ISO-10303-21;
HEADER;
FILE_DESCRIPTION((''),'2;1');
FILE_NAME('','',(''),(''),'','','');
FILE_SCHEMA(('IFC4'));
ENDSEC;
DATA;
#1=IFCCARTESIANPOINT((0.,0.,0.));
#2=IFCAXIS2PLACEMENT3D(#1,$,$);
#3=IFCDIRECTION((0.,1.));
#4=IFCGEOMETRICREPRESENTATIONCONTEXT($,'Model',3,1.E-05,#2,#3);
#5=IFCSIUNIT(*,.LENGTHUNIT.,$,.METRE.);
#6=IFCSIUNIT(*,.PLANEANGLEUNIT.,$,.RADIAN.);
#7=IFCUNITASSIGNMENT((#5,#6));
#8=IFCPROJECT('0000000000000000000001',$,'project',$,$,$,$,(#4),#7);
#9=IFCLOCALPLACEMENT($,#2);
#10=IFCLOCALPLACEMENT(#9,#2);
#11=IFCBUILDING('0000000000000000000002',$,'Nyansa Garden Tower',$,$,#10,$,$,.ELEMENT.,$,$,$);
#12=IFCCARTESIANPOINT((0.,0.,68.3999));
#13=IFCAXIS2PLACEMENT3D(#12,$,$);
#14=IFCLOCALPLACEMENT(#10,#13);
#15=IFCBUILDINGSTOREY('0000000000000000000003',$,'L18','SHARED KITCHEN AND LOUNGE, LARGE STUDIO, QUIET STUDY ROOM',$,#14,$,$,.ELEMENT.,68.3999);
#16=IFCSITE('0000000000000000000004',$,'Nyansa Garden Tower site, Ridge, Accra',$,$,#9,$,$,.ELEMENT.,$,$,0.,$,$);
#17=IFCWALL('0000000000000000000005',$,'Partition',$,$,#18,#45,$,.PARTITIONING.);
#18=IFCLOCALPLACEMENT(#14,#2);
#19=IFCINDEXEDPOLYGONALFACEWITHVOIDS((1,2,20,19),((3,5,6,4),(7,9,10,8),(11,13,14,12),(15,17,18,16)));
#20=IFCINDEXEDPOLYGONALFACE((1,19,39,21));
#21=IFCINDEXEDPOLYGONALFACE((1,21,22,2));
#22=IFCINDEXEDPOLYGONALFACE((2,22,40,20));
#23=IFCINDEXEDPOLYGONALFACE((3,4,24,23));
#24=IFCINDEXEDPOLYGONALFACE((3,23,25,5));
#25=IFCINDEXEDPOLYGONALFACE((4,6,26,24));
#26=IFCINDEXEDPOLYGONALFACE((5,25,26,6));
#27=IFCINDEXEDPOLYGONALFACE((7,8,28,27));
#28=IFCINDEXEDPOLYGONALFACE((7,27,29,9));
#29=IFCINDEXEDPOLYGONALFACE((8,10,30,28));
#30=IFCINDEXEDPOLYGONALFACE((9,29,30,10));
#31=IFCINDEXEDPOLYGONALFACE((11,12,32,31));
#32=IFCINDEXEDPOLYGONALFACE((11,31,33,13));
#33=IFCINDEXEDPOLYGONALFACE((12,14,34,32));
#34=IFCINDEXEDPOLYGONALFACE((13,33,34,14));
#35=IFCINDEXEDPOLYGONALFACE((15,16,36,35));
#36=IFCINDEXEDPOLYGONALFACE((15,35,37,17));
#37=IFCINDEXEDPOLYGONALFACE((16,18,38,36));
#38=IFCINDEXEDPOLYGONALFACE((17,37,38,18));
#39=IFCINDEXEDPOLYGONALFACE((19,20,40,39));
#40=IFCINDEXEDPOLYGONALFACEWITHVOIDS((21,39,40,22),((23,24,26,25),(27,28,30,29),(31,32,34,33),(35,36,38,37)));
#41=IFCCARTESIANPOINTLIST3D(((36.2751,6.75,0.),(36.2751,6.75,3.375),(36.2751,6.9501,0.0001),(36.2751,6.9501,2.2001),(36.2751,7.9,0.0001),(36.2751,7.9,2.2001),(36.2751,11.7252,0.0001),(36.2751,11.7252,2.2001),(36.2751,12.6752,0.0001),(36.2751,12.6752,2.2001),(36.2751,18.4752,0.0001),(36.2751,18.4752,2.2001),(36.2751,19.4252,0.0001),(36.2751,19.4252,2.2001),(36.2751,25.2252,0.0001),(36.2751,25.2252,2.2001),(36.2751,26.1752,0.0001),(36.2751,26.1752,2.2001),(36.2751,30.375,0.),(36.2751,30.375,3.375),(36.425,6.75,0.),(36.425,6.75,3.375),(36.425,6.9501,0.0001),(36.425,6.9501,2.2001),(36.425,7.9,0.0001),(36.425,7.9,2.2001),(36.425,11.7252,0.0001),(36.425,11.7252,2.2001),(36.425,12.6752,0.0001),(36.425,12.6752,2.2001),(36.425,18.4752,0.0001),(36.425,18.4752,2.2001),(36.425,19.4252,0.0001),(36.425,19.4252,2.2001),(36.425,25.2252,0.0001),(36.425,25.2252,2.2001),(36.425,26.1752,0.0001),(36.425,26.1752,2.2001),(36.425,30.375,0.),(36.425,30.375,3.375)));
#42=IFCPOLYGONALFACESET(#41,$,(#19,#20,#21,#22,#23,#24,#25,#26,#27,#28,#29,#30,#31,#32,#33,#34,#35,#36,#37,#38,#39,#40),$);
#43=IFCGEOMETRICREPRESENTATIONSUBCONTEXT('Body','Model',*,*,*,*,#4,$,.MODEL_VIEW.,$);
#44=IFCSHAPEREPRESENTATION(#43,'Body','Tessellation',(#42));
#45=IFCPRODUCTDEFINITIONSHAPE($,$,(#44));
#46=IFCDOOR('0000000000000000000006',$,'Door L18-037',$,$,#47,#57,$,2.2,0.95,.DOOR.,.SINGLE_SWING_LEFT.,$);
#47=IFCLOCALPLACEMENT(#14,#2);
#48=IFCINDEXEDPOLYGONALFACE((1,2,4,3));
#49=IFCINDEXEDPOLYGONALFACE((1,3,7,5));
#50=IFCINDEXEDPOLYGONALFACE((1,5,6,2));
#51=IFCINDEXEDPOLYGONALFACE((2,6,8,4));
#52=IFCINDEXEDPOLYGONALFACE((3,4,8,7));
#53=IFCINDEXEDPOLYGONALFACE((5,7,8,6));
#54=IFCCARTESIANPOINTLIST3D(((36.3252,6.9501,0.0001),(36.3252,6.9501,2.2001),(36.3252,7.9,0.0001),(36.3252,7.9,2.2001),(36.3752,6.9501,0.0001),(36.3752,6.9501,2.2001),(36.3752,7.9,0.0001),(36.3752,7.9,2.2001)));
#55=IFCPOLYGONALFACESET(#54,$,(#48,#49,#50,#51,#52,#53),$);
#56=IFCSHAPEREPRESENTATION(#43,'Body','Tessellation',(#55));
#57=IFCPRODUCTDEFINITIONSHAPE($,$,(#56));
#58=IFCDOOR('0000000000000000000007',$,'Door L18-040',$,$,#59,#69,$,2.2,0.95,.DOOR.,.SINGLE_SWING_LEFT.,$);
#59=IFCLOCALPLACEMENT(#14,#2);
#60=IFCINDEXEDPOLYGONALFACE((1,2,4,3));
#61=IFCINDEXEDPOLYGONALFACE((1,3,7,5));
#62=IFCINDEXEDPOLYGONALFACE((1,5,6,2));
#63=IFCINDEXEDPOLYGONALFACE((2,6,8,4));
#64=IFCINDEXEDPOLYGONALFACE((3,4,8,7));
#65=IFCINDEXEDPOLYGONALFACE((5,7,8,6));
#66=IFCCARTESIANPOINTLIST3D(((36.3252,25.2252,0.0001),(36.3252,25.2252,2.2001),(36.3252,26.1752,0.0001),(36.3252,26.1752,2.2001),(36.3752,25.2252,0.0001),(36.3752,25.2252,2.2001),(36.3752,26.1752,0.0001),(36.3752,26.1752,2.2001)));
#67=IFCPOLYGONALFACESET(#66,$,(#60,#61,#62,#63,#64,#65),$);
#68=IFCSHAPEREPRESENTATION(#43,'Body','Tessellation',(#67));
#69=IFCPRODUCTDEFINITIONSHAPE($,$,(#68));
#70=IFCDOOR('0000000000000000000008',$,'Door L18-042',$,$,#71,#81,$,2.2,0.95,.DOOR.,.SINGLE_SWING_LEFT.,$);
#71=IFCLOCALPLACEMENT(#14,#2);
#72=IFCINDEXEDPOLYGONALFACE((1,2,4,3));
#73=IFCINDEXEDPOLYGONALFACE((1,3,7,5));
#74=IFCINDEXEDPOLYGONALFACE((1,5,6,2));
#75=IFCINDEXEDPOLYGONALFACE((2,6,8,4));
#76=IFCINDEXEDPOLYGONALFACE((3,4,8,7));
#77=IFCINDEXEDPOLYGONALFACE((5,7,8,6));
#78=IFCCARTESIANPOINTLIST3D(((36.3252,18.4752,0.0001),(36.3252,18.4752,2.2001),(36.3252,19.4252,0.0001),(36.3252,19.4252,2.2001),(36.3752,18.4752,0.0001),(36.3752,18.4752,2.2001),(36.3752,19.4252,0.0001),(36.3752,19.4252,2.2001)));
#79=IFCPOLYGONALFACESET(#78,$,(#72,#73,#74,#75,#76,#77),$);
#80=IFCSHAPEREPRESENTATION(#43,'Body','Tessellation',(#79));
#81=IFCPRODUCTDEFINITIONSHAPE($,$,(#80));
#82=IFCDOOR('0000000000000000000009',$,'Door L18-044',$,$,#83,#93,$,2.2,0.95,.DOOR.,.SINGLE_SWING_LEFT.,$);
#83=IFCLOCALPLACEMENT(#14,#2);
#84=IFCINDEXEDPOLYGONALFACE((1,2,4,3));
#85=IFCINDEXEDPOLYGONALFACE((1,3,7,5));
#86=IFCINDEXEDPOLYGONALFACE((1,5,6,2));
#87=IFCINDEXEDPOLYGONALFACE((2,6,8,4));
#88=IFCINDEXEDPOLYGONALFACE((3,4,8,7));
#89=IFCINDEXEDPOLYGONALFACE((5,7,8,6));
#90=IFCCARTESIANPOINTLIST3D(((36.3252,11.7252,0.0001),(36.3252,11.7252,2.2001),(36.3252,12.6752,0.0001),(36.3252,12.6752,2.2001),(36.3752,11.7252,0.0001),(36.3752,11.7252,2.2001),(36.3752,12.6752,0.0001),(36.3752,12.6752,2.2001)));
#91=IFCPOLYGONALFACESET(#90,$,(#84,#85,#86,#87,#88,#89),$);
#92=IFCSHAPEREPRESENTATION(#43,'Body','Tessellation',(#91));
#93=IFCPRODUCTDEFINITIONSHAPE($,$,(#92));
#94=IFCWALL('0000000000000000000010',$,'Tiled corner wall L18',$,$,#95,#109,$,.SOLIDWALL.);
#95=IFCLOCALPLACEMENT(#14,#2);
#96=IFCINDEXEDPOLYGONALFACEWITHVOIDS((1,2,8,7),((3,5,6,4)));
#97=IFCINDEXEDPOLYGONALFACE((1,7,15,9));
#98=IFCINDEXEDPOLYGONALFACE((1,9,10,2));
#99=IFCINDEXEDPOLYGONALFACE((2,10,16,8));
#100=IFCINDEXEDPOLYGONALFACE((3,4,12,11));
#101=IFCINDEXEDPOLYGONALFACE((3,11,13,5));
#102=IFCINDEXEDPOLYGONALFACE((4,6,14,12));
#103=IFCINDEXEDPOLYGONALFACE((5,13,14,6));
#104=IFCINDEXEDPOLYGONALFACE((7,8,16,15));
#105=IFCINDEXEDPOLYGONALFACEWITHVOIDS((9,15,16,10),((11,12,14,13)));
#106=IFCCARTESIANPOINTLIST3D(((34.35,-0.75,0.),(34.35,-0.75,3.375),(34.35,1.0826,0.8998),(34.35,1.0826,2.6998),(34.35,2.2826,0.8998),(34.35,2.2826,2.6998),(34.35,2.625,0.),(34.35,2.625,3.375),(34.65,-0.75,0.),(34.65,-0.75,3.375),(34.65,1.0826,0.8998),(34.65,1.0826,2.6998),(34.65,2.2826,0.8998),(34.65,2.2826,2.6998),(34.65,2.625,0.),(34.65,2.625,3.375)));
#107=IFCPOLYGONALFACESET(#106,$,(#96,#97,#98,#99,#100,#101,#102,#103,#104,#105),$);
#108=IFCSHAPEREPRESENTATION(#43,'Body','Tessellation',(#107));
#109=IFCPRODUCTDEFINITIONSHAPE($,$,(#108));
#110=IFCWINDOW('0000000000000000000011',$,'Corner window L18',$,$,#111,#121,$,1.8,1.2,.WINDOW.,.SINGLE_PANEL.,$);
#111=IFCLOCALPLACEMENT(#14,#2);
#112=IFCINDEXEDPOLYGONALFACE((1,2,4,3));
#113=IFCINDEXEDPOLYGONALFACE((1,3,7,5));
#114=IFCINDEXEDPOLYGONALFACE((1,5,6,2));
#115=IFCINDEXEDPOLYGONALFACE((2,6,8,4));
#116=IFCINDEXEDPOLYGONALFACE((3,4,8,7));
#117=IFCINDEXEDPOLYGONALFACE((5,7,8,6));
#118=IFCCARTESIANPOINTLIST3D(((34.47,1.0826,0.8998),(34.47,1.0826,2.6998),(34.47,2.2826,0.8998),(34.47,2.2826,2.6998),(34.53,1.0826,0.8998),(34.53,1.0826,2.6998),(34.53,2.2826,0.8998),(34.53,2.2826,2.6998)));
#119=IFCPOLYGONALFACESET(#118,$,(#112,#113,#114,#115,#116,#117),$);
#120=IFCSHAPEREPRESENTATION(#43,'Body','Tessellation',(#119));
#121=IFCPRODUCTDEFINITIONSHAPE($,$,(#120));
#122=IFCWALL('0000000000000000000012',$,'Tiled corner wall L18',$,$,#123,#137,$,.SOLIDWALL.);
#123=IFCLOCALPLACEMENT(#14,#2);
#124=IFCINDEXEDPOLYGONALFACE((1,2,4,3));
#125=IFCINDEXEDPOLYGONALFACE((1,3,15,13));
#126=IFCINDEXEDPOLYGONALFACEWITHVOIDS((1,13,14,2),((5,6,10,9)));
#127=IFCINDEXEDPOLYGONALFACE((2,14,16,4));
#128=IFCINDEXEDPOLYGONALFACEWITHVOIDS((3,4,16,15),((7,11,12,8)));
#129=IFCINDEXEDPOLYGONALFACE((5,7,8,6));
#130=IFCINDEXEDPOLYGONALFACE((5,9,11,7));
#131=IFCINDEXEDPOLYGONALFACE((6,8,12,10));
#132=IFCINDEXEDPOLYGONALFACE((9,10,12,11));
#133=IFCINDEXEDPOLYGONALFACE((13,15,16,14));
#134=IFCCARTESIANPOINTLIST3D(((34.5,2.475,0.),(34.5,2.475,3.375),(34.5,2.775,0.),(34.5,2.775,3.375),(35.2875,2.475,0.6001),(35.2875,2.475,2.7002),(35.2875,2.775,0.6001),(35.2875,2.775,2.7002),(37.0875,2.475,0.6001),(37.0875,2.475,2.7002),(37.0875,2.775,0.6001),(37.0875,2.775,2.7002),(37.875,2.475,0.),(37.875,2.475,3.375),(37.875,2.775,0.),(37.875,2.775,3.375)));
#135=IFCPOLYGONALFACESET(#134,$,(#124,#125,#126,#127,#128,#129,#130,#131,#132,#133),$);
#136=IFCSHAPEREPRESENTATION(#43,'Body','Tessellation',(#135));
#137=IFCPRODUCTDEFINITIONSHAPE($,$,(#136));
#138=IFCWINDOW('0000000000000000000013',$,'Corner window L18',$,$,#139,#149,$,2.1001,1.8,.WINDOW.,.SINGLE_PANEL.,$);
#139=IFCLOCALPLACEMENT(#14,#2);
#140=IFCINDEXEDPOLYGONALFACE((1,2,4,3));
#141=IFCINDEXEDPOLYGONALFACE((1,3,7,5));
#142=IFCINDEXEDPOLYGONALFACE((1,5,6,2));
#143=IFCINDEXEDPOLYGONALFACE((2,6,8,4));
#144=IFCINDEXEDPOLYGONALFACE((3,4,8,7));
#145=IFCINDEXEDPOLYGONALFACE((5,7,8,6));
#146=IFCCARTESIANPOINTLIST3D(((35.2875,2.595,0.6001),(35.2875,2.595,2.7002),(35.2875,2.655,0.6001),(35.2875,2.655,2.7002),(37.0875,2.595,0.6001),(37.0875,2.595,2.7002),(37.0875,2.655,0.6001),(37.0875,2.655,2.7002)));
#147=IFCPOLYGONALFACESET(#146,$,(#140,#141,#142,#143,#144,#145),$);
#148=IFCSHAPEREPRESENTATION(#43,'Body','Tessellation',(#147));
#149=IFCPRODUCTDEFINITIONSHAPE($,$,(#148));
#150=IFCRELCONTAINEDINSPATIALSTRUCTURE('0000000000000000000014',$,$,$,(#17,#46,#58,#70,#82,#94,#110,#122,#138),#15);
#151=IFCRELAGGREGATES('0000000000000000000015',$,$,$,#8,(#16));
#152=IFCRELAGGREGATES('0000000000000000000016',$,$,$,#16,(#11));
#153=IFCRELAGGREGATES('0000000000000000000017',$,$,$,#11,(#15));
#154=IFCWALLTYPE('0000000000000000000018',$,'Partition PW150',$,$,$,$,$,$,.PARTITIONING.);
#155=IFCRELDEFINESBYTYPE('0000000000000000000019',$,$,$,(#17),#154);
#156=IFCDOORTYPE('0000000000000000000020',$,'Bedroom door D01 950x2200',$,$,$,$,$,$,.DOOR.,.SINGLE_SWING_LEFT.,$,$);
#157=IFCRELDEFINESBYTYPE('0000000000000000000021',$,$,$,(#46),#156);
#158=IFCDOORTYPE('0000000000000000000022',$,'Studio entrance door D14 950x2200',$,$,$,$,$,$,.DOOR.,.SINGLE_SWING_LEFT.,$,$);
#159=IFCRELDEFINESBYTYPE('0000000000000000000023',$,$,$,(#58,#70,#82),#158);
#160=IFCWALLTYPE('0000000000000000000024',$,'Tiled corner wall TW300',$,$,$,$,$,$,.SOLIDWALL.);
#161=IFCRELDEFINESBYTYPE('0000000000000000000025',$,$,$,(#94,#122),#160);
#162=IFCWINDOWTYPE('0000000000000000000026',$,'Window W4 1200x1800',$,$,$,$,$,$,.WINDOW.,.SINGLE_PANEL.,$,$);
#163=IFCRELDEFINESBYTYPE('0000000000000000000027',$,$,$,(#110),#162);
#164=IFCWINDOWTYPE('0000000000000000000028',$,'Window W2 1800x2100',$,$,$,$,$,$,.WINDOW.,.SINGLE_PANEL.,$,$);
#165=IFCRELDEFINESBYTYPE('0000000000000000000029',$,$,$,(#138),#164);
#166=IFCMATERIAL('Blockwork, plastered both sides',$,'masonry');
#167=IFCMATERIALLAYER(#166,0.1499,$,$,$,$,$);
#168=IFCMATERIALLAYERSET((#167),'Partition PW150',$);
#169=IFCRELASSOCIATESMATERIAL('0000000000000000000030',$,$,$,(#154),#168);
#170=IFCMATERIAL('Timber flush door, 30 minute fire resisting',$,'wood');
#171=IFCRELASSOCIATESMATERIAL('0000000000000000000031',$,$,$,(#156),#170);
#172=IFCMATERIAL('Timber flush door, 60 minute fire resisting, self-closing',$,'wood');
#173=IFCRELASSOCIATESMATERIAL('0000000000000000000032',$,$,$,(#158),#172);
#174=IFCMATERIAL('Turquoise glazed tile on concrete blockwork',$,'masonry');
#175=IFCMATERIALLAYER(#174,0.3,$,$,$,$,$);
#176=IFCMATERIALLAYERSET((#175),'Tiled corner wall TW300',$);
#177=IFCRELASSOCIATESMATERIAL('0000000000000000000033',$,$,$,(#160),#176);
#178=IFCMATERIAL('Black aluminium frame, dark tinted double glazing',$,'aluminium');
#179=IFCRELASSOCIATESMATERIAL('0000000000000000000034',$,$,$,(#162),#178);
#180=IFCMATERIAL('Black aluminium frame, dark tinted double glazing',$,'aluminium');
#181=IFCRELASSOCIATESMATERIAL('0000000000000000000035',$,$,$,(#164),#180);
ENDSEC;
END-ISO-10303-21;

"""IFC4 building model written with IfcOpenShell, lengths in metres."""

from ifc_helpers import new_model, si_unit, direction, frame, frame_2d, origin, place, context, subcontext, project, spatial, rectangle, extrude, material, layer, layer_set, type_object, element, fill, save


model = new_model("IFC4")

# Units and contexts
model_context = context("Model", 3, precision=1e-05, world=origin(), true_north=direction((0.0, 1.0)))
body_context = subcontext(model_context, "Body", "Model", "MODEL_VIEW")
ifc_project = project(units=[si_unit("LENGTHUNIT", "METRE"), si_unit("PLANEANGLEUNIT", "RADIAN")], contexts=[model_context])

# Site, building, storey
site_placement = place(None, origin())
site = spatial("IfcSite", under=ifc_project, at=site_placement, Name="Nyansa Garden Tower site, Ridge, Accra", CompositionType="ELEMENT", RefElevation=0.0)
building_placement = place(site_placement, origin())
building = spatial("IfcBuilding", under=site, at=building_placement, Name="Nyansa Garden Tower", CompositionType="ELEMENT")
storey_placement = place(building_placement, frame((0.0, 0.0, 68.3999)))
storey = spatial("IfcBuildingStorey", under=building, at=storey_placement, Name="L18", Description="SHARED KITCHEN AND LOUNGE, LARGE STUDIO, QUIET STUDY ROOM", CompositionType="ELEMENT", Elevation=68.3999)

# Wall, openings, doors
ifc_material_1 = material(Name="Blockwork, plastered both sides", Category="masonry")
ifc_layer_1 = layer(ifc_material_1, 0.1499)
ifc_layer_set_1 = layer_set([ifc_layer_1], Name="Partition PW150")
wall_type_1 = type_object("IfcWallType", Name="Partition PW150", PredefinedType="PARTITIONING", material=ifc_layer_set_1)
wall_1_placement = place(storey_placement, frame((36.3501, 6.75, 0.0), z_axis=(0.0, 0.0, 1.0), x_axis=(0.0, 1.0, 0.0)))
wall_1 = element("IfcWall", 1, at=wall_1_placement, inside=storey, type_object=wall_type_1, Name="Partition", PredefinedType="PARTITIONING", context=body_context, shape_type="SweptSolid", body=[
    extrude(rectangle(XDim=23.625, YDim=0.1499, at=frame_2d((11.8125, 0.0))), origin(), (0.0, 0.0, 1.0), 3.375),
])
opening_1_placement = place(wall_1_placement, frame((0.2, 0.0, 0.0)))
opening_1 = element("IfcOpeningElement", 2, at=opening_1_placement, cuts=wall_1, PredefinedType="OPENING", context=body_context, shape_type="SweptSolid", body=[
    extrude(rectangle(XDim=0.95, YDim=2.2, at=frame_2d((0.4751, 1.1001))), frame((0.0, 0.085, 0.0), z_axis=(0.0, -1.0, 0.0), x_axis=(1.0, 0.0, 0.0)), (0.0, 0.0, 1.0), 0.1699),
])
opening_2_placement = place(wall_1_placement, frame((18.4751, 0.0, 0.0)))
opening_2 = element("IfcOpeningElement", 3, at=opening_2_placement, cuts=wall_1, PredefinedType="OPENING", context=body_context, shape_type="SweptSolid", body=[
    extrude(rectangle(XDim=0.95, YDim=2.2, at=frame_2d((0.4751, 1.1001))), frame((0.0, 0.085, 0.0), z_axis=(0.0, -1.0, 0.0), x_axis=(1.0, 0.0, 0.0)), (0.0, 0.0, 1.0), 0.1699),
])
opening_3_placement = place(wall_1_placement, frame((11.7251, 0.0, 0.0)))
opening_3 = element("IfcOpeningElement", 4, at=opening_3_placement, cuts=wall_1, PredefinedType="OPENING", context=body_context, shape_type="SweptSolid", body=[
    extrude(rectangle(XDim=0.95, YDim=2.2, at=frame_2d((0.4751, 1.1001))), frame((0.0, 0.085, 0.0), z_axis=(0.0, -1.0, 0.0), x_axis=(1.0, 0.0, 0.0)), (0.0, 0.0, 1.0), 0.1699),
])
opening_4_placement = place(wall_1_placement, frame((4.9751, 0.0, 0.0)))
opening_4 = element("IfcOpeningElement", 5, at=opening_4_placement, cuts=wall_1, PredefinedType="OPENING", context=body_context, shape_type="SweptSolid", body=[
    extrude(rectangle(XDim=0.95, YDim=2.2, at=frame_2d((0.4751, 1.1001))), frame((0.0, 0.085, 0.0), z_axis=(0.0, -1.0, 0.0), x_axis=(1.0, 0.0, 0.0)), (0.0, 0.0, 1.0), 0.1699),
])
ifc_material_2 = material(Name="Timber flush door, 30 minute fire resisting", Category="wood")
door_type_1 = type_object("IfcDoorType", Name="Bedroom door D01 950x2200", OperationType="SINGLE_SWING_LEFT", PredefinedType="DOOR", material=ifc_material_2)
door_1_placement = place(opening_1_placement, origin())
door_1 = element("IfcDoor", 6, at=door_1_placement, inside=storey, type_object=door_type_1, Name="Door L18-037", OperationType="SINGLE_SWING_LEFT", OverallHeight=2.2, OverallWidth=0.95, PredefinedType="DOOR", context=body_context, shape_type="SweptSolid", body=[
    extrude(rectangle(XDim=0.95, YDim=2.2, at=frame_2d((0.4751, 1.1001))), frame((0.0, 0.0249, 0.0), z_axis=(0.0, -1.0, 0.0), x_axis=(1.0, 0.0, 0.0)), (0.0, 0.0, 1.0), 0.05),
])
fill(opening_1, door_1)
ifc_material_3 = material(Name="Timber flush door, 60 minute fire resisting, self-closing", Category="wood")
door_type_2 = type_object("IfcDoorType", Name="Studio entrance door D14 950x2200", OperationType="SINGLE_SWING_LEFT", PredefinedType="DOOR", material=ifc_material_3)
door_2_placement = place(opening_2_placement, origin())
door_2 = element("IfcDoor", 7, at=door_2_placement, inside=storey, type_object=door_type_2, Name="Door L18-040", OperationType="SINGLE_SWING_LEFT", OverallHeight=2.2, OverallWidth=0.95, PredefinedType="DOOR", context=body_context, shape_type="SweptSolid", body=[
    extrude(rectangle(XDim=0.95, YDim=2.2, at=frame_2d((0.4751, 1.1001))), frame((0.0, 0.0249, 0.0), z_axis=(0.0, -1.0, 0.0), x_axis=(1.0, 0.0, 0.0)), (0.0, 0.0, 1.0), 0.05),
])
fill(opening_2, door_2)
door_3_placement = place(opening_3_placement, origin())
door_3 = element("IfcDoor", 8, at=door_3_placement, inside=storey, type_object=door_type_2, Name="Door L18-042", OperationType="SINGLE_SWING_LEFT", OverallHeight=2.2, OverallWidth=0.95, PredefinedType="DOOR", context=body_context, shape_type="SweptSolid", body=[
    extrude(rectangle(XDim=0.95, YDim=2.2, at=frame_2d((0.4751, 1.1001))), frame((0.0, 0.0249, 0.0), z_axis=(0.0, -1.0, 0.0), x_axis=(1.0, 0.0, 0.0)), (0.0, 0.0, 1.0), 0.05),
])
fill(opening_3, door_3)
door_4_placement = place(opening_4_placement, origin())
door_4 = element("IfcDoor", 9, at=door_4_placement, inside=storey, type_object=door_type_2, Name="Door L18-044", OperationType="SINGLE_SWING_LEFT", OverallHeight=2.2, OverallWidth=0.95, PredefinedType="DOOR", context=body_context, shape_type="SweptSolid", body=[
    extrude(rectangle(XDim=0.95, YDim=2.2, at=frame_2d((0.4751, 1.1001))), frame((0.0, 0.0249, 0.0), z_axis=(0.0, -1.0, 0.0), x_axis=(1.0, 0.0, 0.0)), (0.0, 0.0, 1.0), 0.05),
])
fill(opening_4, door_4)

# Walls, openings, windows
ifc_material_4 = material(Name="Turquoise glazed tile on concrete blockwork", Category="masonry")
ifc_layer_2 = layer(ifc_material_4, 0.3)
ifc_layer_set_2 = layer_set([ifc_layer_2], Name="Tiled corner wall TW300")
wall_type_2 = type_object("IfcWallType", Name="Tiled corner wall TW300", PredefinedType="SOLIDWALL", material=ifc_layer_set_2)
wall_2_placement = place(storey_placement, frame((34.5, -0.75, 0.0), z_axis=(0.0, 0.0, 1.0), x_axis=(0.0, 1.0, 0.0)))
wall_2 = element("IfcWall", 10, at=wall_2_placement, inside=storey, type_object=wall_type_2, Name="Tiled corner wall L18", PredefinedType="SOLIDWALL", context=body_context, shape_type="SweptSolid", body=[
    extrude(rectangle(XDim=3.375, YDim=0.3, at=frame_2d((1.6875, 0.0))), origin(), (0.0, 0.0, 1.0), 3.375),
])
opening_5_placement = place(wall_2_placement, frame((1.8325, 0.0, 0.8999)))
opening_5 = element("IfcOpeningElement", 11, at=opening_5_placement, cuts=wall_2, PredefinedType="OPENING", context=body_context, shape_type="SweptSolid", body=[
    extrude(rectangle(XDim=1.2, YDim=1.8, at=frame_2d((0.6001, 0.8999))), frame((0.0, 0.1599, 0.0), z_axis=(0.0, -1.0, 0.0), x_axis=(1.0, 0.0, 0.0)), (0.0, 0.0, 1.0), 0.3201),
])
ifc_material_5 = material(Name="Black aluminium frame, dark tinted double glazing", Category="aluminium")
window_type_1 = type_object("IfcWindowType", Name="Window W4 1200x1800", PartitioningType="SINGLE_PANEL", PredefinedType="WINDOW", material=ifc_material_5)
window_1_placement = place(opening_5_placement, origin())
window_1 = element("IfcWindow", 12, at=window_1_placement, inside=storey, type_object=window_type_1, Name="Corner window L18", OverallHeight=1.8, OverallWidth=1.2, PartitioningType="SINGLE_PANEL", PredefinedType="WINDOW", context=body_context, shape_type="SweptSolid", body=[
    extrude(rectangle(XDim=1.2, YDim=1.8, at=frame_2d((0.6001, 0.8999))), frame((0.0, 0.03, 0.0), z_axis=(0.0, -1.0, 0.0), x_axis=(1.0, 0.0, 0.0)), (0.0, 0.0, 1.0), 0.0601),
])
fill(opening_5, window_1)
wall_3_placement = place(storey_placement, frame((34.5, 2.625, 0.0), z_axis=(0.0, 0.0, 1.0), x_axis=(1.0, 0.0, 0.0)))
wall_3 = element("IfcWall", 13, at=wall_3_placement, inside=storey, type_object=wall_type_2, Name="Tiled corner wall L18", PredefinedType="SOLIDWALL", context=body_context, shape_type="SweptSolid", body=[
    extrude(rectangle(XDim=3.375, YDim=0.3, at=frame_2d((1.6875, 0.0))), origin(), (0.0, 0.0, 1.0), 3.375),
])
opening_6_placement = place(wall_3_placement, frame((0.7876, 0.0, 0.6001)))
opening_6 = element("IfcOpeningElement", 14, at=opening_6_placement, cuts=wall_3, PredefinedType="OPENING", context=body_context, shape_type="SweptSolid", body=[
    extrude(rectangle(XDim=1.8, YDim=2.1001, at=frame_2d((0.8999, 1.05))), frame((0.0, 0.1599, 0.0), z_axis=(0.0, -1.0, 0.0), x_axis=(1.0, 0.0, 0.0)), (0.0, 0.0, 1.0), 0.3201),
])
ifc_material_6 = material(Name="Black aluminium frame, dark tinted double glazing", Category="aluminium")
window_type_2 = type_object("IfcWindowType", Name="Window W2 1800x2100", PartitioningType="SINGLE_PANEL", PredefinedType="WINDOW", material=ifc_material_6)
window_2_placement = place(opening_6_placement, origin())
window_2 = element("IfcWindow", 15, at=window_2_placement, inside=storey, type_object=window_type_2, Name="Corner window L18", OverallHeight=2.1001, OverallWidth=1.8, PartitioningType="SINGLE_PANEL", PredefinedType="WINDOW", context=body_context, shape_type="SweptSolid", body=[
    extrude(rectangle(XDim=1.8, YDim=2.1001, at=frame_2d((0.8999, 1.05))), frame((0.0, 0.03, 0.0), z_axis=(0.0, -1.0, 0.0), x_axis=(1.0, 0.0, 0.0)), (0.0, 0.0, 1.0), 0.0601),
])
fill(opening_6, window_2)

save(model, "model.ifc")
